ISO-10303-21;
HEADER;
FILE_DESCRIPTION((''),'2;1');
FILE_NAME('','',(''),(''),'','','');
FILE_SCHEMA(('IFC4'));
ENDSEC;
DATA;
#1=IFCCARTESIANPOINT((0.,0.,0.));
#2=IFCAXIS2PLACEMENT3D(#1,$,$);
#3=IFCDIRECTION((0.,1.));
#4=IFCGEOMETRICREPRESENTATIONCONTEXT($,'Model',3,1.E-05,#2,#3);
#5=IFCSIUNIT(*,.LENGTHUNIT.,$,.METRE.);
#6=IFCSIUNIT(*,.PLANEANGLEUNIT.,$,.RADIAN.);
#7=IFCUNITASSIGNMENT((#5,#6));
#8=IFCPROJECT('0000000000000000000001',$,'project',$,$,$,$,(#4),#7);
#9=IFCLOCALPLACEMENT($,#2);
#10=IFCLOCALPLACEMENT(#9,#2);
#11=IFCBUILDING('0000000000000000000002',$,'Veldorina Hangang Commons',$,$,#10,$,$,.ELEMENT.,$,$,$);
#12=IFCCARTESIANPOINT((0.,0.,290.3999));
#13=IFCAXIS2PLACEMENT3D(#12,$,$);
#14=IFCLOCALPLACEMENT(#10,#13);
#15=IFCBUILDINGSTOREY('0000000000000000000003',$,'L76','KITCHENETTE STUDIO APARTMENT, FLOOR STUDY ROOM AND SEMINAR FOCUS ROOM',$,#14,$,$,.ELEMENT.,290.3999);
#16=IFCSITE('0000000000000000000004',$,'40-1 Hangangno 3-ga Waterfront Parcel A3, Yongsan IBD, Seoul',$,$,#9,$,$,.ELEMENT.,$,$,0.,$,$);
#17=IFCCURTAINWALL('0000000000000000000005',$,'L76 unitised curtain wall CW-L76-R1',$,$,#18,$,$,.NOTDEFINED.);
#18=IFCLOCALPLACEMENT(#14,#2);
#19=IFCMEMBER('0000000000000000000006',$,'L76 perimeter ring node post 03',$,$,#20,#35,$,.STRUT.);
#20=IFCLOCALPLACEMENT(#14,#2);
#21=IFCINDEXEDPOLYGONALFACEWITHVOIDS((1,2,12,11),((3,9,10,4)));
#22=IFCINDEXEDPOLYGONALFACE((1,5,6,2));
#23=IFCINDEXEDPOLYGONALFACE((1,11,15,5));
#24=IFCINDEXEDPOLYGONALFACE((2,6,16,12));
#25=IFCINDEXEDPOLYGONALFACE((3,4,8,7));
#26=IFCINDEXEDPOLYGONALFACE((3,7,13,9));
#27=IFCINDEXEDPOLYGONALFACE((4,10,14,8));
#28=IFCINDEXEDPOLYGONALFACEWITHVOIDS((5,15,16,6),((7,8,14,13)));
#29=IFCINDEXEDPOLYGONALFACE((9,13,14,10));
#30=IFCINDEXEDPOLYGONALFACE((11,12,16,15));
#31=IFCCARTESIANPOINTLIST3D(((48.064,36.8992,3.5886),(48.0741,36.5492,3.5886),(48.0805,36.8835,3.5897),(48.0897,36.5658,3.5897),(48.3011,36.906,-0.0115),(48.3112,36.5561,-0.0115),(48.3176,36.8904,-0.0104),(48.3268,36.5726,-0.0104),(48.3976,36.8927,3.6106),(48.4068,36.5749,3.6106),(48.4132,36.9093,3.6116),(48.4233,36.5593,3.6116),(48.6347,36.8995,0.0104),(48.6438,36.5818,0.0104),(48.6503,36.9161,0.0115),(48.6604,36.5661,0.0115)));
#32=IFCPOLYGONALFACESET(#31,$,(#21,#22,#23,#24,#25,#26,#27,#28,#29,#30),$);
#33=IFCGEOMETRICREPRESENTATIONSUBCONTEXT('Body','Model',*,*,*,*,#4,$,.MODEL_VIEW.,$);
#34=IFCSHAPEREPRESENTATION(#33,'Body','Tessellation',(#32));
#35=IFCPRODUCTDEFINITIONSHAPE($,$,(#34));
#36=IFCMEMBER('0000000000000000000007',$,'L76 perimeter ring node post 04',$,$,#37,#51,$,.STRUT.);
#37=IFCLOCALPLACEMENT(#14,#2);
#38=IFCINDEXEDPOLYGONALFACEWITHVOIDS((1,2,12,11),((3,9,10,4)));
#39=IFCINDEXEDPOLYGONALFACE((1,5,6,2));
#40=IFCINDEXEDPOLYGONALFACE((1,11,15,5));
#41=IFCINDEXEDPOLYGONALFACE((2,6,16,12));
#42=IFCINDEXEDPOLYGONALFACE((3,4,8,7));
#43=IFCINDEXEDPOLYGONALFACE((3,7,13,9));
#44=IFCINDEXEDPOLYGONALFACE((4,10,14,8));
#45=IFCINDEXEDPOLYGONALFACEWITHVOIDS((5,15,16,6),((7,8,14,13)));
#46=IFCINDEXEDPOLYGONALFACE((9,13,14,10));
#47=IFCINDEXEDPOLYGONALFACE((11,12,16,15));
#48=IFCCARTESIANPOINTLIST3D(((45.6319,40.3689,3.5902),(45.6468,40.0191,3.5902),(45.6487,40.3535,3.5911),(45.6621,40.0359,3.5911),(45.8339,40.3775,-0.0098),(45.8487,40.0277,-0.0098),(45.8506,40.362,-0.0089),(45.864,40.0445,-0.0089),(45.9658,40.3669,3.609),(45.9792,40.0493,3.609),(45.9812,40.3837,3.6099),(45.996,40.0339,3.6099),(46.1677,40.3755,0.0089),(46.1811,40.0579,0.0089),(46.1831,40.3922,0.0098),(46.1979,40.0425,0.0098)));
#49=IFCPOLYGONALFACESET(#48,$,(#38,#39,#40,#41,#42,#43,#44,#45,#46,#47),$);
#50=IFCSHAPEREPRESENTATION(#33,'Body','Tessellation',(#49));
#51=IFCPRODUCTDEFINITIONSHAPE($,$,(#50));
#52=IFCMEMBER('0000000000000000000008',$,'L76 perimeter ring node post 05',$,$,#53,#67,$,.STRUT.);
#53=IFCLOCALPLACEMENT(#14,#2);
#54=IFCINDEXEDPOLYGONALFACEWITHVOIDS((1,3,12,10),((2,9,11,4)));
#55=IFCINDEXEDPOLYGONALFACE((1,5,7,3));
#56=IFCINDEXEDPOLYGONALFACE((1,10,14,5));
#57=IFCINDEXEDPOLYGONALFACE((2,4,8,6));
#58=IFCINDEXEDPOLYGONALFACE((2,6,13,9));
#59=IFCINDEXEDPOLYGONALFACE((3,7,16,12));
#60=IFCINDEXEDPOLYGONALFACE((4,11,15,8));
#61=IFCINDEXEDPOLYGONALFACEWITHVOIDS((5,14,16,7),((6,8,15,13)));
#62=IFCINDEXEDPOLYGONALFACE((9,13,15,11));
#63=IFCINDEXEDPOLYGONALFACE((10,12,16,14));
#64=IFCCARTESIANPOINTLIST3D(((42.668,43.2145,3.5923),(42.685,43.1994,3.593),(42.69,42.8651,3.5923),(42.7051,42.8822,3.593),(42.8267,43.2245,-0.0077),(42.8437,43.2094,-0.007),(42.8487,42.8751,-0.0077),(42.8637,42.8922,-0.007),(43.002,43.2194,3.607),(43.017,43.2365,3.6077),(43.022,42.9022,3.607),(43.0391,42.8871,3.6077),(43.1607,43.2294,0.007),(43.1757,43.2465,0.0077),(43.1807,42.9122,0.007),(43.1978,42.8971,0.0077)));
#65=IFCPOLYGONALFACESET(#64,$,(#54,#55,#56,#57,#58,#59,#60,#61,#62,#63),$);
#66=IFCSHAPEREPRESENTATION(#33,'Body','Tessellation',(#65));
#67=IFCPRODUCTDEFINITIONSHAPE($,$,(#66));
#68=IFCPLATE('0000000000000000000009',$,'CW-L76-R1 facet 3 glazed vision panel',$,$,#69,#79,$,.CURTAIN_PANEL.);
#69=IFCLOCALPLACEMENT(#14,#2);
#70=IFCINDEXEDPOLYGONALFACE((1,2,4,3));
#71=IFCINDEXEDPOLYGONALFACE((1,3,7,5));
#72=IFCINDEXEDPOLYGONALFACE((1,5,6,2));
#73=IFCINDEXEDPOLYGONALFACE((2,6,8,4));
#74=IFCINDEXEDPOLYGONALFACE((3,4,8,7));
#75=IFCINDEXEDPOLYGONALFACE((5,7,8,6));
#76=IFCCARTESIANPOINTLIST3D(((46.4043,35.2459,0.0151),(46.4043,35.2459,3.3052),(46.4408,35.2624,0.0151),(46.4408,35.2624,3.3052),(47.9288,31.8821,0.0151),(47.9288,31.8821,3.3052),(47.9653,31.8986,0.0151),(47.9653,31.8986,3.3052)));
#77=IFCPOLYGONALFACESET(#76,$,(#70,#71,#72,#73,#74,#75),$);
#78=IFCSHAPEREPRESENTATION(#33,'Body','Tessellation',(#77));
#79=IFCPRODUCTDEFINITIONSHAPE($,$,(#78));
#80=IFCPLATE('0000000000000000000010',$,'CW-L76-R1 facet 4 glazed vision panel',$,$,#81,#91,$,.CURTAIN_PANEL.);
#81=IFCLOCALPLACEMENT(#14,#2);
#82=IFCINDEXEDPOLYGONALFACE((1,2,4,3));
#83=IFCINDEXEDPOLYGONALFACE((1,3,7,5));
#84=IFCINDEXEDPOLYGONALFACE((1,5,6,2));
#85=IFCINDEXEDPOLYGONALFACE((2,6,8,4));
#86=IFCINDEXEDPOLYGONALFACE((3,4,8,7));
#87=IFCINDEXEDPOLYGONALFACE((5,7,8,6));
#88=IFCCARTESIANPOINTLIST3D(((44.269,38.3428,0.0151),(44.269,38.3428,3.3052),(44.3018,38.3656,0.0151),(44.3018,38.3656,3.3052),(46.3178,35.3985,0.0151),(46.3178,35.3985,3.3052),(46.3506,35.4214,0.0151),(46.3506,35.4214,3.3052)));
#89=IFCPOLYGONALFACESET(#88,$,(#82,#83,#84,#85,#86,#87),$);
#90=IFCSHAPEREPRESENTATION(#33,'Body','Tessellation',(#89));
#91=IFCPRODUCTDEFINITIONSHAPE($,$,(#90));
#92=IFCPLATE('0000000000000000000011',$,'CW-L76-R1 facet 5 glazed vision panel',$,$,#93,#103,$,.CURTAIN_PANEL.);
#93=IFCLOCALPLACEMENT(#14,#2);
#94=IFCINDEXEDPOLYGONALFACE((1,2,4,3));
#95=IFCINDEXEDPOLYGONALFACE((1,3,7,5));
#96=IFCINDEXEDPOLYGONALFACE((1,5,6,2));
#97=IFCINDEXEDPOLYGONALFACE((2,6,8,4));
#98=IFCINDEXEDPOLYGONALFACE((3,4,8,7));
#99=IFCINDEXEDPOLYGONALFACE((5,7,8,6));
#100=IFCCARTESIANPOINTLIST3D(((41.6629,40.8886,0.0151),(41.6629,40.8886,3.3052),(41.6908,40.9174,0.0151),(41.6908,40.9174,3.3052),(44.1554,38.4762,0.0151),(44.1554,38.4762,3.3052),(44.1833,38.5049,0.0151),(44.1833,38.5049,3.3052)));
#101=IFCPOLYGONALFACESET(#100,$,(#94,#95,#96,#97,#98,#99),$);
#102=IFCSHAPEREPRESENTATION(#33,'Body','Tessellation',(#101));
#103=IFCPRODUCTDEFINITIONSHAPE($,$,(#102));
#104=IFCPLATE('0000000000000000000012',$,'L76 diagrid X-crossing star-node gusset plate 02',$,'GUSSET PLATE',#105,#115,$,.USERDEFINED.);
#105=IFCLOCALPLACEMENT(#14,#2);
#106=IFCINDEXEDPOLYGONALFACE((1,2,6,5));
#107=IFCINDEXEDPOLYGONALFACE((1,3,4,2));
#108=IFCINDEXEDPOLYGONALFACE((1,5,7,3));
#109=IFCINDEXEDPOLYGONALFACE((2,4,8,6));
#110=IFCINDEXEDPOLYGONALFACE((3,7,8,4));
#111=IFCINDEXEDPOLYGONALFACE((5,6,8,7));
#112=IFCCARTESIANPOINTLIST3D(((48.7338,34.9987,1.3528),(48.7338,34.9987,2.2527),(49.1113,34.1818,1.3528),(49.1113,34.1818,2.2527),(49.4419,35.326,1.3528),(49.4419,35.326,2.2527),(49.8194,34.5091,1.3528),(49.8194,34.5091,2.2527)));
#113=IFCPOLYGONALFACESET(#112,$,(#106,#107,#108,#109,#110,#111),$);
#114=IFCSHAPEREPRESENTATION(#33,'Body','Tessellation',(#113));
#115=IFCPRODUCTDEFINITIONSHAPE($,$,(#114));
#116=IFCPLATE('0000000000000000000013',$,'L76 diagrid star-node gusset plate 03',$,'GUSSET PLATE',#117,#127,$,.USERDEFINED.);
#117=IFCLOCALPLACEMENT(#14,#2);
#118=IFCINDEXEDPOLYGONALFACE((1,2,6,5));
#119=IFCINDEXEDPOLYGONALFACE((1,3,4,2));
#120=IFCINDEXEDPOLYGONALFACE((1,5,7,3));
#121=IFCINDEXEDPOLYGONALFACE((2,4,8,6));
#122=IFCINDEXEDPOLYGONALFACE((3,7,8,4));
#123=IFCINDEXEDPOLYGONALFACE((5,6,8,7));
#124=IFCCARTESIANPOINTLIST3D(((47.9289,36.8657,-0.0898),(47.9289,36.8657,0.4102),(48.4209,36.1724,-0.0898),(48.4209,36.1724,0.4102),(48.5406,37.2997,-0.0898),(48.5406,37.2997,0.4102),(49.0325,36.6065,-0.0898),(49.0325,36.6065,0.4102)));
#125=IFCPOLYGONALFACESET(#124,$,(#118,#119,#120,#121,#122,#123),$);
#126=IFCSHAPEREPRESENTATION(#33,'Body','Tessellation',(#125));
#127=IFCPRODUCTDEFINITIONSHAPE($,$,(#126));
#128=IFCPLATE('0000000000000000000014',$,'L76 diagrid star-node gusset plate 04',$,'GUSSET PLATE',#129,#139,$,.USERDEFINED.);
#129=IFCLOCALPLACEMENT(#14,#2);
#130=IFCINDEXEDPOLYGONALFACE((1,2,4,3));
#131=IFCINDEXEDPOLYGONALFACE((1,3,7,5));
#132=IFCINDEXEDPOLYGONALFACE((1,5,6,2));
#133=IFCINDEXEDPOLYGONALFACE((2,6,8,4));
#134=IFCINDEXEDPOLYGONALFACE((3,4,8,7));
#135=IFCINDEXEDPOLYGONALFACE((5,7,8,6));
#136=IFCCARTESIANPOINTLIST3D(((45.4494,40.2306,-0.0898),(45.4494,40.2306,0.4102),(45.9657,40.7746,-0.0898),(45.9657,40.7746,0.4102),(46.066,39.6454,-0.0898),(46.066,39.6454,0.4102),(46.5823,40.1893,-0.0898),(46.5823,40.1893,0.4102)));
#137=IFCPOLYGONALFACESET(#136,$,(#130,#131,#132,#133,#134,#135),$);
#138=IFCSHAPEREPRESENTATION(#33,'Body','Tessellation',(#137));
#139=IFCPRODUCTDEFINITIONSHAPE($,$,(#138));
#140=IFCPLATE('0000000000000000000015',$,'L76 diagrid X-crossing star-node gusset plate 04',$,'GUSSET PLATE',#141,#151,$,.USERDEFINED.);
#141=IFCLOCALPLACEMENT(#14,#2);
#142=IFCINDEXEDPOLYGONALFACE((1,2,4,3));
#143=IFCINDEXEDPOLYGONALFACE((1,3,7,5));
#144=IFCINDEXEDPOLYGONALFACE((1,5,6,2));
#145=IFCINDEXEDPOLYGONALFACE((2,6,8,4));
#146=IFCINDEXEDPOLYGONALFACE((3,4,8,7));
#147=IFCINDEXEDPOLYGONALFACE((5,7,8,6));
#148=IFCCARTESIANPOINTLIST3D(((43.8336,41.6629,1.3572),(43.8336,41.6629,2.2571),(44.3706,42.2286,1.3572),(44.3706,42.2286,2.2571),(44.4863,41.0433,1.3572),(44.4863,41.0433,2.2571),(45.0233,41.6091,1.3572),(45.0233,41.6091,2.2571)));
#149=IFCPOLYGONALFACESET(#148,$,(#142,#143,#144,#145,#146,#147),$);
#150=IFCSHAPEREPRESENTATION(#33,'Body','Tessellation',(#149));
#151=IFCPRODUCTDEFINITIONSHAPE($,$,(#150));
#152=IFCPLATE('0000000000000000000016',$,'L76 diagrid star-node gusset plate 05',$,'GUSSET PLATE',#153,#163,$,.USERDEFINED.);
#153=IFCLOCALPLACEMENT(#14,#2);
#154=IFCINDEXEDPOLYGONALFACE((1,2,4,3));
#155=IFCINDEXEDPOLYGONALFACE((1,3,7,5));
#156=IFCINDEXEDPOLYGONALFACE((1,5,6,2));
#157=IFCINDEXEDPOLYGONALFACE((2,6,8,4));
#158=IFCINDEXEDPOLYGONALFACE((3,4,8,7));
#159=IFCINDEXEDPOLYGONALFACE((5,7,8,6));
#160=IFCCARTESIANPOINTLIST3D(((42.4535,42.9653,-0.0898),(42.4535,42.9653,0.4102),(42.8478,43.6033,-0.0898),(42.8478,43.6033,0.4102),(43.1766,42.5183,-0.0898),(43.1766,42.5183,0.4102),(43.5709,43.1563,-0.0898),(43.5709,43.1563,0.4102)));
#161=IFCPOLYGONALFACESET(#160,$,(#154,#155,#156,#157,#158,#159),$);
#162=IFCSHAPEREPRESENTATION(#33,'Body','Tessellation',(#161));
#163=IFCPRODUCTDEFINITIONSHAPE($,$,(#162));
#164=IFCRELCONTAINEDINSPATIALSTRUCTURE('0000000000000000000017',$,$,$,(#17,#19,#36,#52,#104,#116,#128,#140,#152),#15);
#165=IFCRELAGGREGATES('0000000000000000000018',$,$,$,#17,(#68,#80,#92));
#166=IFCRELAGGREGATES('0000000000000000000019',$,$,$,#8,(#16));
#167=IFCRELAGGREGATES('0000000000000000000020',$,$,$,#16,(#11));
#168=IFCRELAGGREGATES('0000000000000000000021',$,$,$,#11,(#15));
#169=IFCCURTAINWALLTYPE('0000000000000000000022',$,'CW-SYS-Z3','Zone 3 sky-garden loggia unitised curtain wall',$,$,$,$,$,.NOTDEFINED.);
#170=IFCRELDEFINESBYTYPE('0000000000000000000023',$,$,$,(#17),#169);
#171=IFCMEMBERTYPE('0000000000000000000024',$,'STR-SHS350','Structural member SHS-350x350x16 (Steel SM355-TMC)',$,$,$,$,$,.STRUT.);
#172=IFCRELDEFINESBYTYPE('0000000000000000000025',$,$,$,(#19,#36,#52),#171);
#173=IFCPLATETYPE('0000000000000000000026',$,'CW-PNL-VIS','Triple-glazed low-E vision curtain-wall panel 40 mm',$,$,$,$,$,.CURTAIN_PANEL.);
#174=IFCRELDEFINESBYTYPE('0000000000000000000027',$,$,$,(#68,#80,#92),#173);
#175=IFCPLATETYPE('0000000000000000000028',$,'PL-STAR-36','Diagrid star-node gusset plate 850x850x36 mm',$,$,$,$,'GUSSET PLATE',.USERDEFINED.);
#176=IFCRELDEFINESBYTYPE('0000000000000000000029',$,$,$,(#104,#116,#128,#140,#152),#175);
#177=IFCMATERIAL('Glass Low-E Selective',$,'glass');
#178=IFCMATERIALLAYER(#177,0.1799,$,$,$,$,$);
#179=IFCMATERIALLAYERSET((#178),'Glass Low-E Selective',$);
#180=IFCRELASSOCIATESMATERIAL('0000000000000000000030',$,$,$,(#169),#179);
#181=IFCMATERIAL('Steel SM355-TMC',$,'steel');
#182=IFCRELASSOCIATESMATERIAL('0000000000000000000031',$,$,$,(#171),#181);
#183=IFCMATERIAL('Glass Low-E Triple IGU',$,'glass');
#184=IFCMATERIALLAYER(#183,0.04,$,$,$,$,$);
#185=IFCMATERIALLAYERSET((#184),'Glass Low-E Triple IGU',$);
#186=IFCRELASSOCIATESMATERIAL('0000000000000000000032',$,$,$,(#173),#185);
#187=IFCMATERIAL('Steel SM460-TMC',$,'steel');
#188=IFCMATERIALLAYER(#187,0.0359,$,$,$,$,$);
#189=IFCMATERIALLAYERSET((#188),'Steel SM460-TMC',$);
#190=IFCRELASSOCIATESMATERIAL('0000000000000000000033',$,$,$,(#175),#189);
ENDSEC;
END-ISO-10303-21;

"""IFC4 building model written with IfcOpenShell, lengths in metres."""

from ifc_helpers import new_model, si_unit, direction, frame, origin, origin_2d, place, context, subcontext, project, spatial, rectangle, hollow_rectangle, extrude, material, layer, layer_set, material_profile, profile_set, type_object, element, aggregate, save


model = new_model("IFC4")

# Units and contexts
model_context = context("Model", 3, precision=1e-05, world=origin(), true_north=direction((0.0, 1.0)))
body_context = subcontext(model_context, "Body", "Model", "MODEL_VIEW")
ifc_project = project(units=[si_unit("LENGTHUNIT", "METRE"), si_unit("PLANEANGLEUNIT", "RADIAN")], contexts=[model_context])

# Site, building, storey
site_placement = place(None, origin())
site = spatial("IfcSite", under=ifc_project, at=site_placement, Name="40-1 Hangangno 3-ga Waterfront Parcel A3, Yongsan IBD, Seoul", CompositionType="ELEMENT", RefElevation=0.0)
building_placement = place(site_placement, origin())
building = spatial("IfcBuilding", under=site, at=building_placement, Name="Veldorina Hangang Commons", CompositionType="ELEMENT")
storey_placement = place(building_placement, frame((0.0, 0.0, 290.3999)))
storey = spatial("IfcBuildingStorey", under=building, at=storey_placement, Name="L76", Description="KITCHENETTE STUDIO APARTMENT, FLOOR STUDY ROOM AND SEMINAR FOCUS ROOM", CompositionType="ELEMENT", Elevation=290.3999)

# Shared definitions
ifc_material_1 = material(Name="Steel SM355-TMC", Category="steel")

# Curtain wall
ifc_material_2 = material(Name="Glass Low-E Selective", Category="glass")
ifc_layer_1 = layer(ifc_material_2, 0.1799)
ifc_layer_set_1 = layer_set([ifc_layer_1], Name="Glass Low-E Selective")
curtain_wall_type = type_object("IfcCurtainWallType", Name="CW-SYS-Z3", Description="Zone 3 sky-garden loggia unitised curtain wall", PredefinedType="NOTDEFINED", material=ifc_layer_set_1)
curtain_wall_placement = place(storey_placement, origin())
curtain_wall = element("IfcCurtainWall", 1, at=curtain_wall_placement, inside=storey, type_object=curtain_wall_type, Name="L76 unitised curtain wall CW-L76-R1", PredefinedType="NOTDEFINED")

# Members
ifc_material_profile_1 = material_profile(ifc_material_1, hollow_rectangle(XDim=0.3501, YDim=0.3501, WallThickness=0.0161, at=origin_2d()), Name="SHS-350x350x16")
ifc_profile_set_1 = profile_set([ifc_material_profile_1], Name="Steel SM355-TMC")
member_type_1 = type_object("IfcMemberType", Name="STR-SHS350", Description="Structural member SHS-350x350x16 (Steel SM355-TMC)", PredefinedType="STRUT", material=ifc_profile_set_1)
member_1_placement = place(storey_placement, frame((48.4807, 36.7361, 0.0), z_axis=(-0.065706, -0.001895, 0.997837), x_axis=(0.028824, -0.999584, 0.0)))
element("IfcMember", 2, at=member_1_placement, inside=storey, type_object=member_type_1, Name="L76 perimeter ring node post 03", PredefinedType="STRUT", context=body_context, shape_type="SweptSolid", body=[
    extrude(hollow_rectangle(XDim=0.3501, YDim=0.3501, WallThickness=0.0161, at=origin_2d()), origin(), (0.0, 0.0, 1.0), 3.6079),
])
member_2_placement = place(storey_placement, frame((46.0159, 40.21, 0.0), z_axis=(-0.055995, -0.00237, 0.998428), x_axis=(0.042284, -0.999106, 0.0)))
element("IfcMember", 3, at=member_2_placement, inside=storey, type_object=member_type_1, Name="L76 perimeter ring node post 04", PredefinedType="STRUT", context=body_context, shape_type="SweptSolid", body=[
    extrude(hollow_rectangle(XDim=0.3501, YDim=0.3501, WallThickness=0.0161, at=origin_2d()), origin(), (0.0, 0.0, 1.0), 3.6057),
])
member_3_placement = place(storey_placement, frame((43.0122, 43.0608, 0.0), z_axis=(-0.044037, -0.002778, 0.999026), x_axis=(0.062952, -0.998017, 0.0)))
element("IfcMember", 4, at=member_3_placement, inside=storey, type_object=member_type_1, Name="L76 perimeter ring node post 05", PredefinedType="STRUT", context=body_context, shape_type="SweptSolid", body=[
    extrude(hollow_rectangle(XDim=0.3501, YDim=0.3501, WallThickness=0.0161, at=origin_2d()), origin(), (0.0, 0.0, 1.0), 3.6035),
])

# Plates
ifc_material_3 = material(Name="Glass Low-E Triple IGU", Category="glass")
ifc_layer_2 = layer(ifc_material_3, 0.04)
ifc_layer_set_2 = layer_set([ifc_layer_2], Name="Glass Low-E Triple IGU")
plate_type_1 = type_object("IfcPlateType", Name="CW-PNL-VIS", Description="Triple-glazed low-E vision curtain-wall panel 40 mm", PredefinedType="CURTAIN_PANEL", material=ifc_layer_set_2)
plate_1_placement = place(storey_placement, frame((47.1848, 33.5723, 0.0151), z_axis=(0.0, 0.0, 1.0), x_axis=(-0.412802, 0.910821, 0.0)))
plate_1 = element("IfcPlate", 5, at=plate_1_placement, type_object=plate_type_1, Name="CW-L76-R1 facet 3 glazed vision panel", PredefinedType="CURTAIN_PANEL", context=body_context, shape_type="SweptSolid", body=[
    extrude(rectangle(XDim=3.6931, YDim=0.04, at=origin_2d()), origin(), (0.0, 0.0, 1.0), 3.29),
])
plate_2_placement = place(storey_placement, frame((45.3098, 36.8821, 0.0151), z_axis=(0.0, 0.0, 1.0), x_axis=(-0.571186, 0.82082, 0.0)))
plate_2 = element("IfcPlate", 6, at=plate_2_placement, type_object=plate_type_1, Name="CW-L76-R1 facet 4 glazed vision panel", PredefinedType="CURTAIN_PANEL", context=body_context, shape_type="SweptSolid", body=[
    extrude(rectangle(XDim=3.5869, YDim=0.04, at=origin_2d()), origin(), (0.0, 0.0, 1.0), 3.29),
])
plate_3_placement = place(storey_placement, frame((42.9231, 39.6968, 0.0151), z_axis=(0.0, 0.0, 1.0), x_axis=(-0.718551, 0.695474, 0.0)))
plate_3 = element("IfcPlate", 7, at=plate_3_placement, type_object=plate_type_1, Name="CW-L76-R1 facet 5 glazed vision panel", PredefinedType="CURTAIN_PANEL", context=body_context, shape_type="SweptSolid", body=[
    extrude(rectangle(XDim=3.4688, YDim=0.04, at=origin_2d()), origin(), (0.0, 0.0, 1.0), 3.29),
])
aggregate(curtain_wall, [plate_1, plate_2, plate_3])

# Plates
ifc_material_4 = material(Name="Steel SM460-TMC", Category="steel")
ifc_layer_3 = layer(ifc_material_4, 0.0359)
ifc_layer_set_3 = layer_set([ifc_layer_3], Name="Steel SM460-TMC")
plate_type_2 = type_object("IfcPlateType", Name="PL-STAR-36", Description="Diagrid star-node gusset plate 850x850x36 mm", ElementType="GUSSET PLATE", PredefinedType="USERDEFINED", material=ifc_layer_set_3)
plate_4_placement = place(storey_placement, frame((49.2766, 34.7539, 1.3528), z_axis=(0.0, 0.0, 1.0), x_axis=(-0.419531, 0.907741, 0.0)))
element("IfcPlate", 8, at=plate_4_placement, inside=storey, type_object=plate_type_2, Name="L76 diagrid X-crossing star-node gusset plate 02", ObjectType="GUSSET PLATE", PredefinedType="USERDEFINED", context=body_context, shape_type="SweptSolid", body=[
    extrude(rectangle(XDim=0.8999, YDim=0.78, at=origin_2d()), origin(), (0.0, 0.0, 1.0), 0.8999),
])
for number, where, z_axis, x_axis, name in (
    (9, (48.4807, 36.7361, -0.0898), (0.0, 0.0, 1.0), (-0.578698, 0.815542, 0.0), "L76 diagrid star-node gusset plate 03"),
    (10, (46.0159, 40.21, -0.0898), (0.0, 0.0, 1.0), (-0.725314, 0.688418, 0.0), "L76 diagrid star-node gusset plate 04"),
):
    element("IfcPlate", number, at=place(storey_placement, frame(where, z_axis=z_axis, x_axis=x_axis)), inside=storey, type_object=plate_type_2, Name=name, ObjectType="GUSSET PLATE", PredefinedType="USERDEFINED", context=body_context, shape_type="SweptSolid", body=[
        extrude(rectangle(XDim=0.8501, YDim=0.75, at=origin_2d()), origin(), (0.0, 0.0, 1.0), 0.5),
    ])
plate_5_placement = place(storey_placement, frame((44.4285, 41.636, 1.3572), z_axis=(0.0, 0.0, 1.0), x_axis=(-0.725314, 0.688418, 0.0)))
element("IfcPlate", 11, at=plate_5_placement, inside=storey, type_object=plate_type_2, Name="L76 diagrid X-crossing star-node gusset plate 04", ObjectType="GUSSET PLATE", PredefinedType="USERDEFINED", context=body_context, shape_type="SweptSolid", body=[
    extrude(rectangle(XDim=0.8999, YDim=0.78, at=origin_2d()), origin(), (0.0, 0.0, 1.0), 0.8999),
])
plate_6_placement = place(storey_placement, frame((43.0122, 43.0608, -0.0898), z_axis=(0.0, 0.0, 1.0), x_axis=(-0.850591, 0.525828, 0.0)))
element("IfcPlate", 12, at=plate_6_placement, inside=storey, type_object=plate_type_2, Name="L76 diagrid star-node gusset plate 05", ObjectType="GUSSET PLATE", PredefinedType="USERDEFINED", context=body_context, shape_type="SweptSolid", body=[
    extrude(rectangle(XDim=0.8501, YDim=0.75, at=origin_2d()), origin(), (0.0, 0.0, 1.0), 0.5),
])

save(model, "model.ifc")
